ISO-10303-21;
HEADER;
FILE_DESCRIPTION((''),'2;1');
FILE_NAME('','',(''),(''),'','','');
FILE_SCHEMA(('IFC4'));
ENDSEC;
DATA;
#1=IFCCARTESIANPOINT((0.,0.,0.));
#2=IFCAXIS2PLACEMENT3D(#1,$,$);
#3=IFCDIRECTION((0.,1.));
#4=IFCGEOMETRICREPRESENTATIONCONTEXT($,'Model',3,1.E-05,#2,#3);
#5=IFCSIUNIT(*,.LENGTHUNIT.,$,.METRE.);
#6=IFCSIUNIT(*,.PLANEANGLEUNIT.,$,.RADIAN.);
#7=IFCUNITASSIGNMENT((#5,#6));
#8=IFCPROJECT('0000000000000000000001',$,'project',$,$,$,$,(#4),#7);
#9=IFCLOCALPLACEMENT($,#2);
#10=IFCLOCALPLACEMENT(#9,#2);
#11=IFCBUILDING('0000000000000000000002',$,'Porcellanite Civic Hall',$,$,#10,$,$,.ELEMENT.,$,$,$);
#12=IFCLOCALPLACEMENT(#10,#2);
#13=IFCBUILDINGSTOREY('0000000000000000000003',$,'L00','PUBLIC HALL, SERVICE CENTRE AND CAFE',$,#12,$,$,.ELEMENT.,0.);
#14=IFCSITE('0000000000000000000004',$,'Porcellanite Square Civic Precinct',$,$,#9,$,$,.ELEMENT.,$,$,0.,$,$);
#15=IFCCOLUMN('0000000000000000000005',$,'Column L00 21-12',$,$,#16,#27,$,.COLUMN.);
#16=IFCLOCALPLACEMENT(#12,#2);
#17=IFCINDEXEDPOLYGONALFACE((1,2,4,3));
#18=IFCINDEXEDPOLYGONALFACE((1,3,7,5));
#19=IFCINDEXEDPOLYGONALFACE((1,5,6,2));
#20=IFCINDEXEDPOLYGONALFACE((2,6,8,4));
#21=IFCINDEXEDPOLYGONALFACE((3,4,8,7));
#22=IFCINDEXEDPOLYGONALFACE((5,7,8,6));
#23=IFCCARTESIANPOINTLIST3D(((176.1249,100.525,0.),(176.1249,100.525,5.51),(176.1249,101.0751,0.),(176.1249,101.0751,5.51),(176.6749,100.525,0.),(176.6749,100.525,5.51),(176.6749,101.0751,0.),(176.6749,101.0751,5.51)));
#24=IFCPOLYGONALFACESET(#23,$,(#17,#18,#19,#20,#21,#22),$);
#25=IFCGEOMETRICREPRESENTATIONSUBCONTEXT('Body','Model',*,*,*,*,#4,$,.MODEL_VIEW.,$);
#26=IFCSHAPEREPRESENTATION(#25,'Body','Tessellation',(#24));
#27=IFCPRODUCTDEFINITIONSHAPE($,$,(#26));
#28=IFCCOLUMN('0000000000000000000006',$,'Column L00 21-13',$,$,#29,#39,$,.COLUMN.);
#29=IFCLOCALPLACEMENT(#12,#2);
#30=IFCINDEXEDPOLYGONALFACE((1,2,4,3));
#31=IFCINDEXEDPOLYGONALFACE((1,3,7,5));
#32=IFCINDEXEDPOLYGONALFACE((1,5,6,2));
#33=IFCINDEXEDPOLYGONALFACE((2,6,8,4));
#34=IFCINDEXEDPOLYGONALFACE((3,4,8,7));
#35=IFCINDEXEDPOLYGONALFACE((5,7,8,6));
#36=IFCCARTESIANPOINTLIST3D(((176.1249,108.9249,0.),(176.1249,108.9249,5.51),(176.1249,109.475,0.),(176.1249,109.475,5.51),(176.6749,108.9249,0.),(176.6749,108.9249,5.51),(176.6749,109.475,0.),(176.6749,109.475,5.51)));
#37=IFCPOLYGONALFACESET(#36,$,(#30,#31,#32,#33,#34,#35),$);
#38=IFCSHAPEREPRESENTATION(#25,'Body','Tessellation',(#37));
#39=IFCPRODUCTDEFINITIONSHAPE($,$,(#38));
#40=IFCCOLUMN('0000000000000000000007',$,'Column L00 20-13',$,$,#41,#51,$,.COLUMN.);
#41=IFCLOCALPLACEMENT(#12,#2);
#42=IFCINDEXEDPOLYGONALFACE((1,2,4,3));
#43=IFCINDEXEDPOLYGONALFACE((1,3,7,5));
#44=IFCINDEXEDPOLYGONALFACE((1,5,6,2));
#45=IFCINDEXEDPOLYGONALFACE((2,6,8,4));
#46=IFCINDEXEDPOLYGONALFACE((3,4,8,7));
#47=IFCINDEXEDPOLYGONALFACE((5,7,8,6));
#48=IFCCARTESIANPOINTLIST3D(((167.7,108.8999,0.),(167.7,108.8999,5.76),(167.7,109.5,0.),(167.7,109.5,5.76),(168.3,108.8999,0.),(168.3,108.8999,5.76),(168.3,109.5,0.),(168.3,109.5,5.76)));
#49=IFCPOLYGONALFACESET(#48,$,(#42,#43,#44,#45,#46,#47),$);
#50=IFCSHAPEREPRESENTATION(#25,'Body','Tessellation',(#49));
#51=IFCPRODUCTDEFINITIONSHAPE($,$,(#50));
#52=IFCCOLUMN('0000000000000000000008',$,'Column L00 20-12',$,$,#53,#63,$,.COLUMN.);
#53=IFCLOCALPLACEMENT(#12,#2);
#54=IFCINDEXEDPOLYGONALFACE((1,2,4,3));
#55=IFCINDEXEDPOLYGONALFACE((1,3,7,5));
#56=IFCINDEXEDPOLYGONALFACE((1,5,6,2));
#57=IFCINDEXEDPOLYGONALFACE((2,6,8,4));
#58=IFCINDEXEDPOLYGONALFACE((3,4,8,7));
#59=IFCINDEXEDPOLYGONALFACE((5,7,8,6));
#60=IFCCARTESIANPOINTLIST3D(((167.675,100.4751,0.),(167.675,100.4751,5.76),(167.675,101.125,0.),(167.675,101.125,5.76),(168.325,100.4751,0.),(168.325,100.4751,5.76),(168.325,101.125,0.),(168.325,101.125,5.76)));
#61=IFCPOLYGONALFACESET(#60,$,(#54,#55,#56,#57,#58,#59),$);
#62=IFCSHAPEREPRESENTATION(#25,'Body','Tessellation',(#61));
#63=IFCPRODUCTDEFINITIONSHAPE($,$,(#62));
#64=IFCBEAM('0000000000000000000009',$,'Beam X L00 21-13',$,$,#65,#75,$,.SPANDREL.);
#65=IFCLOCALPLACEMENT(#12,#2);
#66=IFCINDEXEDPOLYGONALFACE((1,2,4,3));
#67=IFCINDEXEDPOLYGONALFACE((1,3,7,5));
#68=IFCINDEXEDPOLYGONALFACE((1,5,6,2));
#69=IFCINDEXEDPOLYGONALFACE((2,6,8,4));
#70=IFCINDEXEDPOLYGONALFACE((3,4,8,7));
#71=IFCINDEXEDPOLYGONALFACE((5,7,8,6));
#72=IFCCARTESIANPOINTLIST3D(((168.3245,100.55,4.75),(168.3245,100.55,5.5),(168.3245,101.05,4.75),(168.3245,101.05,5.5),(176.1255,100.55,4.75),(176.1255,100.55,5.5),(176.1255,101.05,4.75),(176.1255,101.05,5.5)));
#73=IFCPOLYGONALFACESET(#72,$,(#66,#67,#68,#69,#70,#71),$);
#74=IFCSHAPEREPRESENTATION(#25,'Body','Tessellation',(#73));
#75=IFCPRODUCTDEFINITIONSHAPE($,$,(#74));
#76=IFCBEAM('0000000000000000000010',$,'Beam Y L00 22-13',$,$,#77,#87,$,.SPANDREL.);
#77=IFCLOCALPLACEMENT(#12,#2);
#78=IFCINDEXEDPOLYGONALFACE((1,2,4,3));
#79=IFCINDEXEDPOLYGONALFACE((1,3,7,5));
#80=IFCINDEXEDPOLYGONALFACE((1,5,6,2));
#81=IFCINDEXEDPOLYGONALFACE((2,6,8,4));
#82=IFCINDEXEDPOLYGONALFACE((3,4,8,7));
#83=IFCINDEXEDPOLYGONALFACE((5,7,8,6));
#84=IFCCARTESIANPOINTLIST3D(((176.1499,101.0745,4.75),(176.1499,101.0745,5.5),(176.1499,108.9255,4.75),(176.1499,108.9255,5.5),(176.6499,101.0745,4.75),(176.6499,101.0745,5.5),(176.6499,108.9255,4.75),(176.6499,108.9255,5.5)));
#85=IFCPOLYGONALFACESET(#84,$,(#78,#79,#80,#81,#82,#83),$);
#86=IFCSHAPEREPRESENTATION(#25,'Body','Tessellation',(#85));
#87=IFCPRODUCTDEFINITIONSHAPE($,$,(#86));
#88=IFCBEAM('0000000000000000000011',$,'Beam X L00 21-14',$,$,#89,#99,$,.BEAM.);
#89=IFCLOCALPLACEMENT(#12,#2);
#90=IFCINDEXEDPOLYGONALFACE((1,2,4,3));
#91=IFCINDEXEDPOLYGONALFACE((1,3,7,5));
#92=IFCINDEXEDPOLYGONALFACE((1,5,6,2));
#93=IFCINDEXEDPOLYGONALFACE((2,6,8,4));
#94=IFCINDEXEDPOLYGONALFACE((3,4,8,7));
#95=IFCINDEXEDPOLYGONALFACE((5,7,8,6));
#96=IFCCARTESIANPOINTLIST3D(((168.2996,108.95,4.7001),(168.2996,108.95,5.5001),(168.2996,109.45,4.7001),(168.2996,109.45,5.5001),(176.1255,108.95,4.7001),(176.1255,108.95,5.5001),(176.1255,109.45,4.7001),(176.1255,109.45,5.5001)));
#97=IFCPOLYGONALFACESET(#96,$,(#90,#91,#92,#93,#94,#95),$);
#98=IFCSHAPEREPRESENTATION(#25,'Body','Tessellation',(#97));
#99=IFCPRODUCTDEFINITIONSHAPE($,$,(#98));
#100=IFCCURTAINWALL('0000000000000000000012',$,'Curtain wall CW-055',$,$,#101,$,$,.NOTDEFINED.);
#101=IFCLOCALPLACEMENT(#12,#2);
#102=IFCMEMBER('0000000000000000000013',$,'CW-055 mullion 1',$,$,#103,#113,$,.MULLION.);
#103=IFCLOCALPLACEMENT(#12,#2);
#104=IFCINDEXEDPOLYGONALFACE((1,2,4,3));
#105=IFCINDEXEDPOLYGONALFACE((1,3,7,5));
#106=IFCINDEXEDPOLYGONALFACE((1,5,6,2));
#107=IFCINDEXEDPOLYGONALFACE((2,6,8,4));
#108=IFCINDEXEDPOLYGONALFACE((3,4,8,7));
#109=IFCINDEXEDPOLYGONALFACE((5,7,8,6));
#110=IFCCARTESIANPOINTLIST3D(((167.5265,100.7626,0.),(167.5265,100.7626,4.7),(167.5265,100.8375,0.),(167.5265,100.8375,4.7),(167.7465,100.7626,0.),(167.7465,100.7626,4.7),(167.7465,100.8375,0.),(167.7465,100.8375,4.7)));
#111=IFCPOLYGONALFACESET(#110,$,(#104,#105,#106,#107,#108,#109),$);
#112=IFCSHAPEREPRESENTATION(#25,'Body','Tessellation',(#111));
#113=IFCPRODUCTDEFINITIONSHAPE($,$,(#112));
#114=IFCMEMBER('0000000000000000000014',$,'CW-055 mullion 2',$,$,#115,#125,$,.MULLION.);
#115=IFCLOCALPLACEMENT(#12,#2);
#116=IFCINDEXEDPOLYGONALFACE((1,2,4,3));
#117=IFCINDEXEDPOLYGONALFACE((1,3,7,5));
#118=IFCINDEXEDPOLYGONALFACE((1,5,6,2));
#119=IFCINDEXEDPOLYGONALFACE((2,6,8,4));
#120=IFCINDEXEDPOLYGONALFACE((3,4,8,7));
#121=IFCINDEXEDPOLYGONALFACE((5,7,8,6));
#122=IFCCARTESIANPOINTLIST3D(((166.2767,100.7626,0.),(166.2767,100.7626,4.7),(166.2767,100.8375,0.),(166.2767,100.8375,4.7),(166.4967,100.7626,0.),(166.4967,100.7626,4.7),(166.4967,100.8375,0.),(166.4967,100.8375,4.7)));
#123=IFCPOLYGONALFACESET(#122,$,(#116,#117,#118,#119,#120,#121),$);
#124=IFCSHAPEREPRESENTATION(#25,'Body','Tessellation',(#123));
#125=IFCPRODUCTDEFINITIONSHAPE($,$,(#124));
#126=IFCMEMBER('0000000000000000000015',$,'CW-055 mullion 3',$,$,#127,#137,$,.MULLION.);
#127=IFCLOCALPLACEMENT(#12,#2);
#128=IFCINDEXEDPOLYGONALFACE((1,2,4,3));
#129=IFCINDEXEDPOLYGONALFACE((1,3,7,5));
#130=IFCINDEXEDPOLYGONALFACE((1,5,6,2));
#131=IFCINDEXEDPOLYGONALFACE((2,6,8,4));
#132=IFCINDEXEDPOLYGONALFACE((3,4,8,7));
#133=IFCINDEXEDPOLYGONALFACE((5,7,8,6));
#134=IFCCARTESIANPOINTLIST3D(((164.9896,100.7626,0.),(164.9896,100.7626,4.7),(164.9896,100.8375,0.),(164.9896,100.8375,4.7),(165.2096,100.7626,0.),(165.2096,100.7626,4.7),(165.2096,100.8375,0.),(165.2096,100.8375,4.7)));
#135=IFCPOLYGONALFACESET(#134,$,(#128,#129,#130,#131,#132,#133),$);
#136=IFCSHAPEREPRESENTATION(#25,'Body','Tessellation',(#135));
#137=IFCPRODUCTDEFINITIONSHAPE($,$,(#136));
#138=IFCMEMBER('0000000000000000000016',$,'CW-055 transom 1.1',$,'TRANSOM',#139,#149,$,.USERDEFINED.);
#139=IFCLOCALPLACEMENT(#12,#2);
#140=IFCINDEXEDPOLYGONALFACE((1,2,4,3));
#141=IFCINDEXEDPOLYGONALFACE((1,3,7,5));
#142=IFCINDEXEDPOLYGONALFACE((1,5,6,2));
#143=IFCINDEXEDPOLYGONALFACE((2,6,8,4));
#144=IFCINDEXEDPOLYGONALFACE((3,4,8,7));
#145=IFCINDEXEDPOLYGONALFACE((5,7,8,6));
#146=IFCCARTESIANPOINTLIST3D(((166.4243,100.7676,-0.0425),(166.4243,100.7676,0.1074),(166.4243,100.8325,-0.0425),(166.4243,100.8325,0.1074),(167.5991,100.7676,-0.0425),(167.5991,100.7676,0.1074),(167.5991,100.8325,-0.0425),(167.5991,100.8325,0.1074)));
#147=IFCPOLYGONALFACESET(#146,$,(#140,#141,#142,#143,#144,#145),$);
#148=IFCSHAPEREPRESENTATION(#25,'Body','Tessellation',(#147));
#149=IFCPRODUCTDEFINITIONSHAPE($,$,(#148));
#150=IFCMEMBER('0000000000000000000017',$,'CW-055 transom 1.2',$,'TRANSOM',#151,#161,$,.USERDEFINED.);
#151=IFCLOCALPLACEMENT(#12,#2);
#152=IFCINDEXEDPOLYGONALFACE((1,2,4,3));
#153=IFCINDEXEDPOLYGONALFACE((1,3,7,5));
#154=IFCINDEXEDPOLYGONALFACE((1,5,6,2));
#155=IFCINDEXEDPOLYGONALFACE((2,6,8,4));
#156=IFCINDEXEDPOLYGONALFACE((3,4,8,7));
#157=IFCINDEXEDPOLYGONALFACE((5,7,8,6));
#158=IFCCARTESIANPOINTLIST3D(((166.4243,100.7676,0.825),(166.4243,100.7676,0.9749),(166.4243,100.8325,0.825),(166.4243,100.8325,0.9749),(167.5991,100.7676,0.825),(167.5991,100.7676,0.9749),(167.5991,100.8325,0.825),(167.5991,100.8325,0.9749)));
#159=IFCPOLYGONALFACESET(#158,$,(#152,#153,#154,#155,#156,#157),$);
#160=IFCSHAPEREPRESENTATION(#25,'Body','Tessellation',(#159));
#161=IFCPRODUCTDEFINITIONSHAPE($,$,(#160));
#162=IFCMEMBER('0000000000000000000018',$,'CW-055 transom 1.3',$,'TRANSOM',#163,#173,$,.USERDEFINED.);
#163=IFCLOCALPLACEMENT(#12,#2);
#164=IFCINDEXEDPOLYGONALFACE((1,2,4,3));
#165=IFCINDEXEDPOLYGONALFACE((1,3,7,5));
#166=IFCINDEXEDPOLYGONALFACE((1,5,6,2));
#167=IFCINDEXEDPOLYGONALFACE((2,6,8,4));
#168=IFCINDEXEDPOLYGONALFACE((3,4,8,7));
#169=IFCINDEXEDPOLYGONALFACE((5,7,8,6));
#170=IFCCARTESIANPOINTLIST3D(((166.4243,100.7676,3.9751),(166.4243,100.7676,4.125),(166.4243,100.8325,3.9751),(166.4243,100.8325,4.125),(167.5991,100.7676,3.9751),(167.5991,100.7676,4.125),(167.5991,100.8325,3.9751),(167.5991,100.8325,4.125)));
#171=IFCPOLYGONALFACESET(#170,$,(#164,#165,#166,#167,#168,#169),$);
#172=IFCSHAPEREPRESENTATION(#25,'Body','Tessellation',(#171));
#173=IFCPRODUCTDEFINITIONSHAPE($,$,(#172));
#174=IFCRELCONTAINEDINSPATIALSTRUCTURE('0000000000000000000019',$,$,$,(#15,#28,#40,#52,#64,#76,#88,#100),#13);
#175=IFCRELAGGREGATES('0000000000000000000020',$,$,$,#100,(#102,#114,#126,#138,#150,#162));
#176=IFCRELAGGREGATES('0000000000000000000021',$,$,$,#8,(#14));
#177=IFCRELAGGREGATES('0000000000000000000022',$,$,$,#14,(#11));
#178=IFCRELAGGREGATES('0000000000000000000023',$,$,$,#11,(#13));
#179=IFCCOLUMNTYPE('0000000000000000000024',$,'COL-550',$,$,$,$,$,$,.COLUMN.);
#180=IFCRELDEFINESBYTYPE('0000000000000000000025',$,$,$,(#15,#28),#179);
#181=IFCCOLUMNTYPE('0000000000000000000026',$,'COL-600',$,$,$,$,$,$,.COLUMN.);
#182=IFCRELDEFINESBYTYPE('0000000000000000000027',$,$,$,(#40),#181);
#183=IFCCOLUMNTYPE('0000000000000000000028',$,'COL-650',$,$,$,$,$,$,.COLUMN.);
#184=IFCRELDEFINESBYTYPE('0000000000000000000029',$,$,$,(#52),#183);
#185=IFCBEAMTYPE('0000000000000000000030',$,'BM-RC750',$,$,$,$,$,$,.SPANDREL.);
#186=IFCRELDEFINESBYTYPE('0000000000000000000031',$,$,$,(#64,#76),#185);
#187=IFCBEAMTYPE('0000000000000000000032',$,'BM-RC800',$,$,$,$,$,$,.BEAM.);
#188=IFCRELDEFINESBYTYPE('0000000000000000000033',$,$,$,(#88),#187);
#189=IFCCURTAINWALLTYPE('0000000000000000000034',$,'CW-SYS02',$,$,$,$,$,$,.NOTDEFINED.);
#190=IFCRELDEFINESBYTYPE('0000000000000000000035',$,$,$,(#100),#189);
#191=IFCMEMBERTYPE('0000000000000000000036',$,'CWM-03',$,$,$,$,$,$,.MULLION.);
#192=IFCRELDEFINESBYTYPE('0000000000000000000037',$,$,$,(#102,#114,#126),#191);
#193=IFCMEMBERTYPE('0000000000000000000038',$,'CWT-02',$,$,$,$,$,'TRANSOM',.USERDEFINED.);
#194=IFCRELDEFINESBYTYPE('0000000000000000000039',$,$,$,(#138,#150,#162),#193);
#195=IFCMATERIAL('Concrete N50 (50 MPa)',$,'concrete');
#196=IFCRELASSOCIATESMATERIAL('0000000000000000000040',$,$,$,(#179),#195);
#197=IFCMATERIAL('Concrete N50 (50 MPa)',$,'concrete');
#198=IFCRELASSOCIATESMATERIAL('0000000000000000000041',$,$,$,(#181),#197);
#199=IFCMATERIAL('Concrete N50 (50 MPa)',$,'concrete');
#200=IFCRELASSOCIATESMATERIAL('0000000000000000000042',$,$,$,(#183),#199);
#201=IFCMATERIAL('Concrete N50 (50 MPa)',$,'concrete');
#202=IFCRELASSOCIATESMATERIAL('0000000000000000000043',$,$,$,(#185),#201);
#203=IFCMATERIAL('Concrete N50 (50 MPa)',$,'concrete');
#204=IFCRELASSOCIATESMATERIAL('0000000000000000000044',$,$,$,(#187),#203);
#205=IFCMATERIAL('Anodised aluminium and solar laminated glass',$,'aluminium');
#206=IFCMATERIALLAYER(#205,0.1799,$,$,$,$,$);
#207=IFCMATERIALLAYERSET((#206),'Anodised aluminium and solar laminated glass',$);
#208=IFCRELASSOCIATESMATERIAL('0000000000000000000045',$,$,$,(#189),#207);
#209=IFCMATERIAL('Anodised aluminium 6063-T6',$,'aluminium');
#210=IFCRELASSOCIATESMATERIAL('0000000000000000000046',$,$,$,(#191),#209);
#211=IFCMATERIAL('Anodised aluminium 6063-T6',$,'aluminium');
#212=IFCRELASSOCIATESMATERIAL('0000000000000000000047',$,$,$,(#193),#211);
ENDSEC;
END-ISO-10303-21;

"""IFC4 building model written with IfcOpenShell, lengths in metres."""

from ifc_helpers import new_model, si_unit, direction, frame, origin, origin_2d, place, context, subcontext, project, spatial, rectangle, extrude, material, layer, layer_set, material_profile, profile_set, type_object, element, aggregate, save


model = new_model("IFC4")

# Units and contexts
model_context = context("Model", 3, precision=1e-05, world=origin(), true_north=direction((0.0, 1.0)))
body_context = subcontext(model_context, "Body", "Model", "MODEL_VIEW")
ifc_project = project(units=[si_unit("LENGTHUNIT", "METRE"), si_unit("PLANEANGLEUNIT", "RADIAN")], contexts=[model_context])

# Site, building, storey
site_placement = place(None, origin())
site = spatial("IfcSite", under=ifc_project, at=site_placement, Name="Porcellanite Square Civic Precinct", CompositionType="ELEMENT", RefElevation=0.0)
building_placement = place(site_placement, origin())
building = spatial("IfcBuilding", under=site, at=building_placement, Name="Porcellanite Civic Hall", CompositionType="ELEMENT")
storey_placement = place(building_placement, origin())
storey = spatial("IfcBuildingStorey", under=building, at=storey_placement, Name="L00", Description="PUBLIC HALL, SERVICE CENTRE AND CAFE", CompositionType="ELEMENT", Elevation=0.0)

# Columns
ifc_material_1 = material(Name="Concrete N50 (50 MPa)", Category="concrete")
ifc_material_profile_1 = material_profile(ifc_material_1, rectangle(XDim=0.55, YDim=0.55, at=origin_2d()), Name="RC-550x550")
ifc_profile_set_1 = profile_set([ifc_material_profile_1], Name="Concrete N50 (50 MPa)")
column_type_1 = type_object("IfcColumnType", Name="COL-550", PredefinedType="COLUMN", material=ifc_profile_set_1)
for number, where, z_axis, x_axis, name in (
    (1, (176.3999, 100.8, 0.0), (0.0, 0.0, 1.0), (1.0, 0.0, 0.0), "Column L00 21-12"),
    (2, (176.3999, 109.2, 0.0), (0.0, 0.0, 1.0), (1.0, 0.0, 0.0), "Column L00 21-13"),
):
    element("IfcColumn", number, at=place(storey_placement, frame(where, z_axis=z_axis, x_axis=x_axis)), inside=storey, type_object=column_type_1, Name=name, PredefinedType="COLUMN", context=body_context, shape_type="SweptSolid", body=[
        extrude(rectangle(XDim=0.55, YDim=0.55, at=origin_2d()), origin(), (0.0, 0.0, 1.0), 5.51),
    ])
ifc_material_2 = material(Name="Concrete N50 (50 MPa)", Category="concrete")
ifc_material_profile_2 = material_profile(ifc_material_2, rectangle(XDim=0.6001, YDim=0.6001, at=origin_2d()), Name="RC-600x600")
ifc_profile_set_2 = profile_set([ifc_material_profile_2], Name="Concrete N50 (50 MPa)")
column_type_2 = type_object("IfcColumnType", Name="COL-600", PredefinedType="COLUMN", material=ifc_profile_set_2)
column_1_placement = place(storey_placement, frame((168.0, 109.2, 0.0), z_axis=(0.0, 0.0, 1.0), x_axis=(1.0, 0.0, 0.0)))
element("IfcColumn", 3, at=column_1_placement, inside=storey, type_object=column_type_2, Name="Column L00 20-13", PredefinedType="COLUMN", context=body_context, shape_type="SweptSolid", body=[
    extrude(rectangle(XDim=0.6001, YDim=0.6001, at=origin_2d()), origin(), (0.0, 0.0, 1.0), 5.76),
])
ifc_material_3 = material(Name="Concrete N50 (50 MPa)", Category="concrete")
ifc_material_profile_3 = material_profile(ifc_material_3, rectangle(XDim=0.6499, YDim=0.6499, at=origin_2d()), Name="RC-650x650")
ifc_profile_set_3 = profile_set([ifc_material_profile_3], Name="Concrete N50 (50 MPa)")
column_type_3 = type_object("IfcColumnType", Name="COL-650", PredefinedType="COLUMN", material=ifc_profile_set_3)
column_2_placement = place(storey_placement, frame((168.0, 100.8, 0.0), z_axis=(0.0, 0.0, 1.0), x_axis=(1.0, 0.0, 0.0)))
element("IfcColumn", 4, at=column_2_placement, inside=storey, type_object=column_type_3, Name="Column L00 20-12", PredefinedType="COLUMN", context=body_context, shape_type="SweptSolid", body=[
    extrude(rectangle(XDim=0.6499, YDim=0.6499, at=origin_2d()), origin(), (0.0, 0.0, 1.0), 5.76),
])

# Beams
ifc_material_4 = material(Name="Concrete N50 (50 MPa)", Category="concrete")
ifc_material_profile_4 = material_profile(ifc_material_4, rectangle(XDim=0.5, YDim=0.75, at=origin_2d()), Name="RC-500x750")
ifc_profile_set_4 = profile_set([ifc_material_profile_4], Name="Concrete N50 (50 MPa)")
beam_type_1 = type_object("IfcBeamType", Name="BM-RC750", PredefinedType="SPANDREL", material=ifc_profile_set_4)
beam_1_placement = place(storey_placement, frame((168.3245, 100.8, 5.125), z_axis=(1.0, 0.0, 0.0), x_axis=(0.0, 1.0, 0.0)))
element("IfcBeam", 5, at=beam_1_placement, inside=storey, type_object=beam_type_1, Name="Beam X L00 21-13", PredefinedType="SPANDREL", context=body_context, shape_type="SweptSolid", body=[
    extrude(rectangle(XDim=0.5, YDim=0.75, at=origin_2d()), origin(), (0.0, 0.0, 1.0), 7.801),
])
beam_2_placement = place(storey_placement, frame((176.3999, 101.0745, 5.125), z_axis=(0.0, 1.0, 0.0), x_axis=(-1.0, 0.0, 0.0)))
element("IfcBeam", 6, at=beam_2_placement, inside=storey, type_object=beam_type_1, Name="Beam Y L00 22-13", PredefinedType="SPANDREL", context=body_context, shape_type="SweptSolid", body=[
    extrude(rectangle(XDim=0.5, YDim=0.75, at=origin_2d()), origin(), (0.0, 0.0, 1.0), 7.8511),
])
ifc_material_5 = material(Name="Concrete N50 (50 MPa)", Category="concrete")
ifc_material_profile_5 = material_profile(ifc_material_5, rectangle(XDim=0.5, YDim=0.8, at=origin_2d()), Name="RC-500x800")
ifc_profile_set_5 = profile_set([ifc_material_profile_5], Name="Concrete N50 (50 MPa)")
beam_type_2 = type_object("IfcBeamType", Name="BM-RC800", PredefinedType="BEAM", material=ifc_profile_set_5)
beam_3_placement = place(storey_placement, frame((168.2996, 109.2, 5.1001), z_axis=(1.0, 0.0, 0.0), x_axis=(0.0, 1.0, 0.0)))
element("IfcBeam", 7, at=beam_3_placement, inside=storey, type_object=beam_type_2, Name="Beam X L00 21-14", PredefinedType="BEAM", context=body_context, shape_type="SweptSolid", body=[
    extrude(rectangle(XDim=0.5, YDim=0.8, at=origin_2d()), origin(), (0.0, 0.0, 1.0), 7.8259),
])

# Curtain wall, members
ifc_material_6 = material(Name="Anodised aluminium and solar laminated glass", Category="aluminium")
ifc_layer_1 = layer(ifc_material_6, 0.1799)
ifc_layer_set_1 = layer_set([ifc_layer_1], Name="Anodised aluminium and solar laminated glass")
curtain_wall_type = type_object("IfcCurtainWallType", Name="CW-SYS02", PredefinedType="NOTDEFINED", material=ifc_layer_set_1)
curtain_wall_placement = place(storey_placement, origin())
curtain_wall = element("IfcCurtainWall", 8, at=curtain_wall_placement, inside=storey, type_object=curtain_wall_type, Name="Curtain wall CW-055", PredefinedType="NOTDEFINED")
ifc_material_7 = material(Name="Anodised aluminium 6063-T6", Category="aluminium")
ifc_material_profile_6 = material_profile(ifc_material_7, rectangle(XDim=0.075, YDim=0.22, at=origin_2d()), Name="AL-75x220")
ifc_profile_set_6 = profile_set([ifc_material_profile_6], Name="Anodised aluminium 6063-T6")
member_type_1 = type_object("IfcMemberType", Name="CWM-03", PredefinedType="MULLION", material=ifc_profile_set_6)
member_1_placement = place(storey_placement, frame((167.6365, 100.8, 0.0), z_axis=(0.0, 0.0, 1.0), x_axis=(0.0, -1.0, 0.0)))
member_1 = element("IfcMember", 9, at=member_1_placement, type_object=member_type_1, Name="CW-055 mullion 1", PredefinedType="MULLION", context=body_context, shape_type="SweptSolid", body=[
    extrude(rectangle(XDim=0.075, YDim=0.22, at=origin_2d()), origin(), (0.0, 0.0, 1.0), 4.7),
])
member_2_placement = place(storey_placement, frame((166.3867, 100.8, 0.0), z_axis=(0.0, 0.0, 1.0), x_axis=(0.0, -1.0, 0.0)))
member_2 = element("IfcMember", 10, at=member_2_placement, type_object=member_type_1, Name="CW-055 mullion 2", PredefinedType="MULLION", context=body_context, shape_type="SweptSolid", body=[
    extrude(rectangle(XDim=0.075, YDim=0.22, at=origin_2d()), origin(), (0.0, 0.0, 1.0), 4.7),
])
member_3_placement = place(storey_placement, frame((165.0996, 100.8, 0.0), z_axis=(0.0, 0.0, 1.0), x_axis=(0.0, -1.0, 0.0)))
member_3 = element("IfcMember", 11, at=member_3_placement, type_object=member_type_1, Name="CW-055 mullion 3", PredefinedType="MULLION", context=body_context, shape_type="SweptSolid", body=[
    extrude(rectangle(XDim=0.075, YDim=0.22, at=origin_2d()), origin(), (0.0, 0.0, 1.0), 4.7),
])
ifc_material_8 = material(Name="Anodised aluminium 6063-T6", Category="aluminium")
ifc_material_profile_7 = material_profile(ifc_material_8, rectangle(XDim=0.0649, YDim=0.1499, at=origin_2d()), Name="AL-65x150")
ifc_profile_set_7 = profile_set([ifc_material_profile_7], Name="Anodised aluminium 6063-T6")
member_type_2 = type_object("IfcMemberType", Name="CWT-02", ElementType="TRANSOM", PredefinedType="USERDEFINED", material=ifc_profile_set_7)
member_4_placement = place(storey_placement, frame((167.5991, 100.8, 0.0325), z_axis=(-1.0, 0.0, 0.0), x_axis=(0.0, -1.0, 0.0)))
member_4 = element("IfcMember", 12, at=member_4_placement, type_object=member_type_2, Name="CW-055 transom 1.1", ObjectType="TRANSOM", PredefinedType="USERDEFINED", context=body_context, shape_type="SweptSolid", body=[
    extrude(rectangle(XDim=0.0649, YDim=0.1499, at=origin_2d()), origin(), (0.0, 0.0, 1.0), 1.1748),
])
member_5_placement = place(storey_placement, frame((167.5991, 100.8, 0.8999), z_axis=(-1.0, 0.0, 0.0), x_axis=(0.0, -1.0, 0.0)))
member_5 = element("IfcMember", 13, at=member_5_placement, type_object=member_type_2, Name="CW-055 transom 1.2", ObjectType="TRANSOM", PredefinedType="USERDEFINED", context=body_context, shape_type="SweptSolid", body=[
    extrude(rectangle(XDim=0.0649, YDim=0.1499, at=origin_2d()), origin(), (0.0, 0.0, 1.0), 1.1748),
])
member_6_placement = place(storey_placement, frame((167.5991, 100.8, 4.05), z_axis=(-1.0, 0.0, 0.0), x_axis=(0.0, -1.0, 0.0)))
member_6 = element("IfcMember", 14, at=member_6_placement, type_object=member_type_2, Name="CW-055 transom 1.3", ObjectType="TRANSOM", PredefinedType="USERDEFINED", context=body_context, shape_type="SweptSolid", body=[
    extrude(rectangle(XDim=0.0649, YDim=0.1499, at=origin_2d()), origin(), (0.0, 0.0, 1.0), 1.1748),
])

aggregate(curtain_wall, [member_1, member_2, member_3, member_4, member_5, member_6])

save(model, "model.ifc")
